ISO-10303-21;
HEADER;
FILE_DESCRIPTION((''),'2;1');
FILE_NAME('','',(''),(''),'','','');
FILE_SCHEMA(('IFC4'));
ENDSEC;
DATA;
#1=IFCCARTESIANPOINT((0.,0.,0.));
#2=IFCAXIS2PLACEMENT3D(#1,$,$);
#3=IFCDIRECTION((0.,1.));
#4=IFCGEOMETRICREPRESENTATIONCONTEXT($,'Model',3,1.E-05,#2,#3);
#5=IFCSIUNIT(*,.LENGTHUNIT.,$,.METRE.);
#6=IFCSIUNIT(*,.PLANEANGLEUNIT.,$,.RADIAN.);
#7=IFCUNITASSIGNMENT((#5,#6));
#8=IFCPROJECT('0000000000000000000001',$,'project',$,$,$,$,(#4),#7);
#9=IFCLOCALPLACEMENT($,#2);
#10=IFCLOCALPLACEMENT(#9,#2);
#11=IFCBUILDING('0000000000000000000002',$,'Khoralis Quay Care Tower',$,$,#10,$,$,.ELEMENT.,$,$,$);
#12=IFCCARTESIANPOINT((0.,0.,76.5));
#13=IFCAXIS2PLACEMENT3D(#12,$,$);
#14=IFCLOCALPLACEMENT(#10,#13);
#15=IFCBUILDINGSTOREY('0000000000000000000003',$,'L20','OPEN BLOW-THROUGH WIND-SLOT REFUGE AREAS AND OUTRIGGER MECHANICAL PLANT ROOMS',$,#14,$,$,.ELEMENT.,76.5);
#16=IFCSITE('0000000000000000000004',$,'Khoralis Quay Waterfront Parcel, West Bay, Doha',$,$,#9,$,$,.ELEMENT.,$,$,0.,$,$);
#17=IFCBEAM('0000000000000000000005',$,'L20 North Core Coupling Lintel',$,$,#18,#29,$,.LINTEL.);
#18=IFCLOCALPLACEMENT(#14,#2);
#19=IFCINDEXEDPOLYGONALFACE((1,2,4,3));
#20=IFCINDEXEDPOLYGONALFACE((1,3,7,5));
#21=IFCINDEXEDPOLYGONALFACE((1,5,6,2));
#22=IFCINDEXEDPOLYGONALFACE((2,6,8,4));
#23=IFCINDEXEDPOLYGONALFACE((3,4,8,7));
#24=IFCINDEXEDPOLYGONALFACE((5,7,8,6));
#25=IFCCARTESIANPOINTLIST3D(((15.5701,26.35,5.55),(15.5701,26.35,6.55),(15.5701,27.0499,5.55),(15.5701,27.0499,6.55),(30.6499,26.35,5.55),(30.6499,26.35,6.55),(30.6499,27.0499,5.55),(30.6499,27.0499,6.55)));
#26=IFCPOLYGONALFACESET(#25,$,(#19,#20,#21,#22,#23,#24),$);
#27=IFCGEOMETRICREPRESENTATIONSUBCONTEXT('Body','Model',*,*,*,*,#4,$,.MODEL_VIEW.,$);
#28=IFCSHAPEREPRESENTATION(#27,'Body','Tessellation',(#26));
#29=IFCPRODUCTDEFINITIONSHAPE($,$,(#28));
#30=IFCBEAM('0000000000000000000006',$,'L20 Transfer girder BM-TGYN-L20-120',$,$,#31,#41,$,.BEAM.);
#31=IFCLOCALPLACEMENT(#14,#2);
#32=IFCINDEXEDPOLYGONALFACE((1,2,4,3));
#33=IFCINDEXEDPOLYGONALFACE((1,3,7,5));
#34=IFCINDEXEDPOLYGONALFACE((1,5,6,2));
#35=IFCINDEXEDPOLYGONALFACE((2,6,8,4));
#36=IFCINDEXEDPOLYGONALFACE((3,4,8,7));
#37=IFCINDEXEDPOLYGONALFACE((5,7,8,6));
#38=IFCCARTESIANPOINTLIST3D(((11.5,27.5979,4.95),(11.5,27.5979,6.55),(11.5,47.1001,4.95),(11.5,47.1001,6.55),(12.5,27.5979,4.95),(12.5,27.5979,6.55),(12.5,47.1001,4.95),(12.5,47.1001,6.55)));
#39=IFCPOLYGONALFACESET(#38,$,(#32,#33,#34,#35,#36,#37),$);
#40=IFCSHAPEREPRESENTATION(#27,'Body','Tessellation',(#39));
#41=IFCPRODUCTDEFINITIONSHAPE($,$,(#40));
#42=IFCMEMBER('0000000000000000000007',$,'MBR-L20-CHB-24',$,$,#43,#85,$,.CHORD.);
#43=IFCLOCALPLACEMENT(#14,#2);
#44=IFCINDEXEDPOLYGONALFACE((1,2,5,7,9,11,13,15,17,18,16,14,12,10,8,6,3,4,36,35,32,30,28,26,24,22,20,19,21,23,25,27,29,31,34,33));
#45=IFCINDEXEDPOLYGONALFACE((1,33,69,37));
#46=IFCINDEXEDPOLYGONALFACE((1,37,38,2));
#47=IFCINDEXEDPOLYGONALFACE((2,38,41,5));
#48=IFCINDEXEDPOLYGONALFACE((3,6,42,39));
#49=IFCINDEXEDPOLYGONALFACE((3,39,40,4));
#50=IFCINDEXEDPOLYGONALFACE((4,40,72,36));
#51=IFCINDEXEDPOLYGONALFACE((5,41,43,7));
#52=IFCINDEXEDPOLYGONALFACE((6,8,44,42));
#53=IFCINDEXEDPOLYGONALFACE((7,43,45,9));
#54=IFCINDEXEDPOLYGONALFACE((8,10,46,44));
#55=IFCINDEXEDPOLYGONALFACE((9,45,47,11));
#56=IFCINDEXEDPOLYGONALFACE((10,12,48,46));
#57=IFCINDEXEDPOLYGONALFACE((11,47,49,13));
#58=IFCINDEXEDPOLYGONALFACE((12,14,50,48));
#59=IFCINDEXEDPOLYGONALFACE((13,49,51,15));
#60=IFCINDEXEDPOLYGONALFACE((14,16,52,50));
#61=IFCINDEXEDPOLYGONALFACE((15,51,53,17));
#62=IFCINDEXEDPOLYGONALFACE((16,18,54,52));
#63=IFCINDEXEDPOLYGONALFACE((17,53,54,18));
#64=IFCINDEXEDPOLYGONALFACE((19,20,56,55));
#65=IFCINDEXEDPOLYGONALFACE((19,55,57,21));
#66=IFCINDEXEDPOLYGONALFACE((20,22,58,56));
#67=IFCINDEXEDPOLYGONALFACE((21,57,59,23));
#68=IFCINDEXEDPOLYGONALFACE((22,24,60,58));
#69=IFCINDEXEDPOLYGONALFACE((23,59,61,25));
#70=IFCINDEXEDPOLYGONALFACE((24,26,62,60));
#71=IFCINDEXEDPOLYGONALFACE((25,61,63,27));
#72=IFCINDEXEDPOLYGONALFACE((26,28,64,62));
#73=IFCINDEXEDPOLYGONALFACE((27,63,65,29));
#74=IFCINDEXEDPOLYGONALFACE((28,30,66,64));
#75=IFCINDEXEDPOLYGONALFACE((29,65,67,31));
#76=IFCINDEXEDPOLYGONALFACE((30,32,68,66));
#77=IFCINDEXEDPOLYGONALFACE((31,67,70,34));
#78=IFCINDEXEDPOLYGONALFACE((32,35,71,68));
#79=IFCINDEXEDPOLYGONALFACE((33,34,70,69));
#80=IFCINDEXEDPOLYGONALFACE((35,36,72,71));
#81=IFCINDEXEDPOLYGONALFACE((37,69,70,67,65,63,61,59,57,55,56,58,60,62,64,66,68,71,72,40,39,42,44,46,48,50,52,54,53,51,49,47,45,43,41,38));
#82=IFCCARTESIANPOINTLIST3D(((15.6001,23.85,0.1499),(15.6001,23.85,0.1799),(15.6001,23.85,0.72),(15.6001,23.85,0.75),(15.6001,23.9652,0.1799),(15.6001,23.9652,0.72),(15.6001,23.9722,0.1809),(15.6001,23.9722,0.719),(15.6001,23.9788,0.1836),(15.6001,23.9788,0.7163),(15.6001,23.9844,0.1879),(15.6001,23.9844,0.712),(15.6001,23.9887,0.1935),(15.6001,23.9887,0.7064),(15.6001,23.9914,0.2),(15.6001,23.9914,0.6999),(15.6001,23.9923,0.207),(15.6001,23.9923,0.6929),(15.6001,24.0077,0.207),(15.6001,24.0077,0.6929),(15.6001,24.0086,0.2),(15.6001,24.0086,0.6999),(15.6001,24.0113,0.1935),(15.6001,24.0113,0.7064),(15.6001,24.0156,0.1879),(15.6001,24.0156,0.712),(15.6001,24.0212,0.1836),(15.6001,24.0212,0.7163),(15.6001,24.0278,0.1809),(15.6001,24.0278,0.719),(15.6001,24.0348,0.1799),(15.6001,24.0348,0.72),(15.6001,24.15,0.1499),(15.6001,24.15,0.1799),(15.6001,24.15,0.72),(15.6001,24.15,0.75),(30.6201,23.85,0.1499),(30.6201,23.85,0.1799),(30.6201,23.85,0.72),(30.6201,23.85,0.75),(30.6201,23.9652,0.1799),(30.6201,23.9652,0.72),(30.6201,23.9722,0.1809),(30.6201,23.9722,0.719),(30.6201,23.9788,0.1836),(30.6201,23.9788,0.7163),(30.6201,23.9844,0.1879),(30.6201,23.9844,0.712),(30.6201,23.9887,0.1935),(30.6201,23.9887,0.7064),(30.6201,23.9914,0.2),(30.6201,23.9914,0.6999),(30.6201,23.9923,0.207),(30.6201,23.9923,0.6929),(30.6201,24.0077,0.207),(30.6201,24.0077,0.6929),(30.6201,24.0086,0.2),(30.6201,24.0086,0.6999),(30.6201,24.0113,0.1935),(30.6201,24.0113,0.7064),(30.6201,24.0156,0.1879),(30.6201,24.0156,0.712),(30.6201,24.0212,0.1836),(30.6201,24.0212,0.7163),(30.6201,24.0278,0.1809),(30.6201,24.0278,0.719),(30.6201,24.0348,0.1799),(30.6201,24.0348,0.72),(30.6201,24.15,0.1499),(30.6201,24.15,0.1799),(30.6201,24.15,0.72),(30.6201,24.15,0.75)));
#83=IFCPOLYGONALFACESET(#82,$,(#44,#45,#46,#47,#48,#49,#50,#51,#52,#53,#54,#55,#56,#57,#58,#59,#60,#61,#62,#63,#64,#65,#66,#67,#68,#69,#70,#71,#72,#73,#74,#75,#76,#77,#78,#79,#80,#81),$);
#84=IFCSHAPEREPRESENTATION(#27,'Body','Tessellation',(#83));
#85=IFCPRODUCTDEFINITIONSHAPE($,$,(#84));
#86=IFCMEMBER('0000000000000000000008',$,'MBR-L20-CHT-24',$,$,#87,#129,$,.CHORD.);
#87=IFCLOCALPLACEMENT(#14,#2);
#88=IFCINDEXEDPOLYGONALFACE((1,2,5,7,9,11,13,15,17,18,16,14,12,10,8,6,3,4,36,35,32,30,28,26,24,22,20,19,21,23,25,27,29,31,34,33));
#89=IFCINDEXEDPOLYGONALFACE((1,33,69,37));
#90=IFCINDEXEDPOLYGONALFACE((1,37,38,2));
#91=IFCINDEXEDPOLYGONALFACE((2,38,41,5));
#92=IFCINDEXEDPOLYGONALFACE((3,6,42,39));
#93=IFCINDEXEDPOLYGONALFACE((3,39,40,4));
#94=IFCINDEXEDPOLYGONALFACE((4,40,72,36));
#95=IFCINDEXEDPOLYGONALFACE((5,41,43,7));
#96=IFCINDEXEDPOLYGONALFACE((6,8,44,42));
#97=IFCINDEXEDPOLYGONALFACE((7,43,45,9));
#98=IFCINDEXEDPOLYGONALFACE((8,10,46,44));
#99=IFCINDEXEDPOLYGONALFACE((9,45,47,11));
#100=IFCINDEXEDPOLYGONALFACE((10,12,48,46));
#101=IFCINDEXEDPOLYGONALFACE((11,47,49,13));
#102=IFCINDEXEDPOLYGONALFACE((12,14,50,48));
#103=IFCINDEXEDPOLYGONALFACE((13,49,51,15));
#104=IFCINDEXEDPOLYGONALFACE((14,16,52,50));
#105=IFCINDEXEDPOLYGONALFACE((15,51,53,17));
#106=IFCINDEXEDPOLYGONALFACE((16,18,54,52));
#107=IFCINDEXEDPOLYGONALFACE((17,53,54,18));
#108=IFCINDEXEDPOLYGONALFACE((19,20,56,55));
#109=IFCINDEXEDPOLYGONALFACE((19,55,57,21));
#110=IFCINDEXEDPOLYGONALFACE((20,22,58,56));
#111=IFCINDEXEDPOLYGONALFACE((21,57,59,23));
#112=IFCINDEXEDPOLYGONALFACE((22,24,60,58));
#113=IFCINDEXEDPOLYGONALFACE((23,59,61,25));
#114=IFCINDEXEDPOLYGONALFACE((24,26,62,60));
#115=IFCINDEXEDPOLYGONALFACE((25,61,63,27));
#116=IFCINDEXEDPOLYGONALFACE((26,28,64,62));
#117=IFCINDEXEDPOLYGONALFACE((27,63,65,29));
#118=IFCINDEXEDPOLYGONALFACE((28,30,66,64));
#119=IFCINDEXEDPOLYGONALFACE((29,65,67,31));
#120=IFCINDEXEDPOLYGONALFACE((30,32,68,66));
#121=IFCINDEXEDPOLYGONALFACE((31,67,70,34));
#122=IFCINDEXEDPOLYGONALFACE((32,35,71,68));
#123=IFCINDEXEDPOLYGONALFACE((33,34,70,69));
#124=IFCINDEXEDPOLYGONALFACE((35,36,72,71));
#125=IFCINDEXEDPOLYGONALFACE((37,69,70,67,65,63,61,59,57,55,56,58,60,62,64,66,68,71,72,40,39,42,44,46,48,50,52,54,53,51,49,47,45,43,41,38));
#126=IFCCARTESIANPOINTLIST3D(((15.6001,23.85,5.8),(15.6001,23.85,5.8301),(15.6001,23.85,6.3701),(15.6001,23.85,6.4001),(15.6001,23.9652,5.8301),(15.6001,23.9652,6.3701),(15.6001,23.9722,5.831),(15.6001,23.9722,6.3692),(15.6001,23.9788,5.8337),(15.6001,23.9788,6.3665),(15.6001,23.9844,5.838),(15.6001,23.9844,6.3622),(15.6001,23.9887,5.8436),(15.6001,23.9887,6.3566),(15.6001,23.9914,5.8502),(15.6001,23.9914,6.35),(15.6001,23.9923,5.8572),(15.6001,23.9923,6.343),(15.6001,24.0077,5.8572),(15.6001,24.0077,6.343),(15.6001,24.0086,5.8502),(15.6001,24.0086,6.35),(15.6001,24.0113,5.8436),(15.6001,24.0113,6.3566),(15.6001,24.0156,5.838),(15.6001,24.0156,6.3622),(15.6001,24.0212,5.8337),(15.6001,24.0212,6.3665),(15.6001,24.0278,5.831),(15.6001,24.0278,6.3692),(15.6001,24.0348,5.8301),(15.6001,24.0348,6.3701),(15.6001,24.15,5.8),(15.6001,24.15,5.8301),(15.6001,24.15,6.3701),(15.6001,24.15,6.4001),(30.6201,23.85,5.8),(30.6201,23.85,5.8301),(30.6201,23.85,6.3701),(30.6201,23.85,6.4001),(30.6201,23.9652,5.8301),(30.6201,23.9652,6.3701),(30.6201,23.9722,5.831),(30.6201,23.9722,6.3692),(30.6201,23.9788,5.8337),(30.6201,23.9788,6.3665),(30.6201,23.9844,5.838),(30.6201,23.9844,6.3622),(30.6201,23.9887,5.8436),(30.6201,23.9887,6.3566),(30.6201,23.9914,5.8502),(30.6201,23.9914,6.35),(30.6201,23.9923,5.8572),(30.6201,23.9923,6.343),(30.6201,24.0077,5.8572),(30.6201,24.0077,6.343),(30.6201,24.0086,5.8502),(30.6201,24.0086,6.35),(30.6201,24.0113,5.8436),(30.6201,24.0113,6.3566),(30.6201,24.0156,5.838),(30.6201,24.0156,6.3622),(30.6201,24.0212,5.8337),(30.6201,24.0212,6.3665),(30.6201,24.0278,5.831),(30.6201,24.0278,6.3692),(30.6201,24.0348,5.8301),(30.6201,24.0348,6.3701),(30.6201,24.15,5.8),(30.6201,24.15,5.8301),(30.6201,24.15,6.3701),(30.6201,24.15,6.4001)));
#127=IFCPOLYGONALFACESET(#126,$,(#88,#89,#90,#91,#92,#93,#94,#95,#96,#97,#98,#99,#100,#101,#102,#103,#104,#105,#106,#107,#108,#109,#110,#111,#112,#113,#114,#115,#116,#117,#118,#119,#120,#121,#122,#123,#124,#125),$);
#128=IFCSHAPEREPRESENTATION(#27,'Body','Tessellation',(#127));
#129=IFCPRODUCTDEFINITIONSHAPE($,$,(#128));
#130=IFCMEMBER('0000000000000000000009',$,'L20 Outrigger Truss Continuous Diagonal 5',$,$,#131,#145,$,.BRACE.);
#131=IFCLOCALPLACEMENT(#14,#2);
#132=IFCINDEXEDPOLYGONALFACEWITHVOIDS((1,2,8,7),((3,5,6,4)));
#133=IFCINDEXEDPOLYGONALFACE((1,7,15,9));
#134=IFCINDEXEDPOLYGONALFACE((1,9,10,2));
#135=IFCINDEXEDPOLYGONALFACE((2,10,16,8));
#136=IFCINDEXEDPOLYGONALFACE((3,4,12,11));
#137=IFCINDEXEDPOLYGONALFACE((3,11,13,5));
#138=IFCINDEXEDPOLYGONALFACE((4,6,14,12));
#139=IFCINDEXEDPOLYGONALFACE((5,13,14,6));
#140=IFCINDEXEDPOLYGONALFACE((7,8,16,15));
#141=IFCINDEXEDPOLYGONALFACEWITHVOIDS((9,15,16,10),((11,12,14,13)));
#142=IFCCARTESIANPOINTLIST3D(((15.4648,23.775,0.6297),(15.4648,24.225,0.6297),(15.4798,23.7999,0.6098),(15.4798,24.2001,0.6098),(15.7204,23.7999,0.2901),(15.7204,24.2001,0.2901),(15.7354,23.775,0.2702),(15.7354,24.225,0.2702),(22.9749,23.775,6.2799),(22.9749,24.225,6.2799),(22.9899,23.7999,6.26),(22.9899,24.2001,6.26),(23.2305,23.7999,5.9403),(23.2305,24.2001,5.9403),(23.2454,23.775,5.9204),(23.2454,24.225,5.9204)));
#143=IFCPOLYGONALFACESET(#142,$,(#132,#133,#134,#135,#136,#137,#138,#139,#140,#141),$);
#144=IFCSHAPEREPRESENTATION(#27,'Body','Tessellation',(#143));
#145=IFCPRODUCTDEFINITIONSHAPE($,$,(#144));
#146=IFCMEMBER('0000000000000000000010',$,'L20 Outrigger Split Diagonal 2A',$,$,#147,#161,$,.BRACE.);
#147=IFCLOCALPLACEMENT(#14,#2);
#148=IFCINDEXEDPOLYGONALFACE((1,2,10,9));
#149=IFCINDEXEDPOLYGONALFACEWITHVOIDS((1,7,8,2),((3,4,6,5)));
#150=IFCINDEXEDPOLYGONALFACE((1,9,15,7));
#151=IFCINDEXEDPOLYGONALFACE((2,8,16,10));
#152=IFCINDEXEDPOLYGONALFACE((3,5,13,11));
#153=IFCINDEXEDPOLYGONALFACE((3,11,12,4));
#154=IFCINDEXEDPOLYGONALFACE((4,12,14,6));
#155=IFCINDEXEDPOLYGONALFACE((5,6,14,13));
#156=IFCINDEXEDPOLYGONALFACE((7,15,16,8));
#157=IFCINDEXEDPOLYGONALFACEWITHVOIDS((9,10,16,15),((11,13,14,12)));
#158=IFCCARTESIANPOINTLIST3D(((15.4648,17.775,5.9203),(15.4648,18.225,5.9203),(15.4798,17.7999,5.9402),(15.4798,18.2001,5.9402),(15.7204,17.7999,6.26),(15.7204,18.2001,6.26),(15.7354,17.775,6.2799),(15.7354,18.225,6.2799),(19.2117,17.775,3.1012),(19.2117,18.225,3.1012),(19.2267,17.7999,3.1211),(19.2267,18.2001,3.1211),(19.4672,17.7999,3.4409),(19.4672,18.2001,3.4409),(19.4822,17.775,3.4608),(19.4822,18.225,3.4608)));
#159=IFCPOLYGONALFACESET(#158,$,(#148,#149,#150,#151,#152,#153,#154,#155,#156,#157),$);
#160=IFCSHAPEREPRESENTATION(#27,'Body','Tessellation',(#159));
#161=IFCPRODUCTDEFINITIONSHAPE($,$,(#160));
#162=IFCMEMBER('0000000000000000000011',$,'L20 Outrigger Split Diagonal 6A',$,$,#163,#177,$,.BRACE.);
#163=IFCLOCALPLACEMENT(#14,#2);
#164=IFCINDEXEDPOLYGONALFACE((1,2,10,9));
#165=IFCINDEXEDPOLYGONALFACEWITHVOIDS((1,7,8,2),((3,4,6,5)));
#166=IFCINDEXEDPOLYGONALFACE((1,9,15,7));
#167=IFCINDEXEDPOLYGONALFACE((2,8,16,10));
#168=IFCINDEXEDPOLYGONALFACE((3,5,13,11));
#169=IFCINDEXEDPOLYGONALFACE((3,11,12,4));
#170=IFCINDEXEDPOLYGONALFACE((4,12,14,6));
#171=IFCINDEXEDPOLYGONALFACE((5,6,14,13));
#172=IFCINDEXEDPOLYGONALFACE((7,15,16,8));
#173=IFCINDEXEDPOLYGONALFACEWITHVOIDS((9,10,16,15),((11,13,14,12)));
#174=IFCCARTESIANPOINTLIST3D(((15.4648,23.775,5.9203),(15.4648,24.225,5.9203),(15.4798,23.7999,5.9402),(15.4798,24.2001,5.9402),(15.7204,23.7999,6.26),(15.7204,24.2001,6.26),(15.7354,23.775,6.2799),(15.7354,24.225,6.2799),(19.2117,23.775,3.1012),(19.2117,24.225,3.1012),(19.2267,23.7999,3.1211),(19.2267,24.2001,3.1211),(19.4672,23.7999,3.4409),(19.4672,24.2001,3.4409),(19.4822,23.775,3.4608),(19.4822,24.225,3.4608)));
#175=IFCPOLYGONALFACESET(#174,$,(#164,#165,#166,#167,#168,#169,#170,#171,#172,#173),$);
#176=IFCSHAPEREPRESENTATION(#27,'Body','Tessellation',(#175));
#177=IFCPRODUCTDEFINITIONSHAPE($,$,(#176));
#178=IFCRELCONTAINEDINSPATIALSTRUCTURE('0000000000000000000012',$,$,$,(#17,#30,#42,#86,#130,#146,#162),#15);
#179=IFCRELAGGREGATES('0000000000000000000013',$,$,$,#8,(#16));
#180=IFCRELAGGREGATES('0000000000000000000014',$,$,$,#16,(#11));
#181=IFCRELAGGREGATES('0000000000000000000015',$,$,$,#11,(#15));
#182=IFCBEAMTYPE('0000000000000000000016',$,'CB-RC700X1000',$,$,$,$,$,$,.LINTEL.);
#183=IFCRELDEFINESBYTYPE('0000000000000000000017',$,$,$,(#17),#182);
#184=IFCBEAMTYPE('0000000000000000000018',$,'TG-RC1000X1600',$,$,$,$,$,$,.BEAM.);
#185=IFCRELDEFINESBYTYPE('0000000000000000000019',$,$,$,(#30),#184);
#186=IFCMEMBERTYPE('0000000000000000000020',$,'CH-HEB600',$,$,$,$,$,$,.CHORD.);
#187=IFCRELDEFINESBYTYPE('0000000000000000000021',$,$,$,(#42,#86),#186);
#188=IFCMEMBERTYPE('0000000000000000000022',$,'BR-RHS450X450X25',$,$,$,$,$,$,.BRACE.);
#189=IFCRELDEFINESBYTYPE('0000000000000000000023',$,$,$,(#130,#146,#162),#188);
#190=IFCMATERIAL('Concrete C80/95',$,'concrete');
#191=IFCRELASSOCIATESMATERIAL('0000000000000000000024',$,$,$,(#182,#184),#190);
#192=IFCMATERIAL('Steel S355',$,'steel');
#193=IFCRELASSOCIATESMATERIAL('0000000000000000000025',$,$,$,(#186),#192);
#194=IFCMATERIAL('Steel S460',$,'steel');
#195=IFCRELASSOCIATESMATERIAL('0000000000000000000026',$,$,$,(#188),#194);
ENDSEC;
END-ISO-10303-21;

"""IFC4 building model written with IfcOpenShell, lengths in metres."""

from ifc_helpers import new_model, si_unit, direction, frame, origin, origin_2d, place, context, subcontext, project, spatial, rectangle, hollow_rectangle, i_section, extrude, source, transform, mapped, material, material_profile, profile_set, type_object, element, save


model = new_model("IFC4")

# Units and contexts
model_context = context("Model", 3, precision=1e-05, world=origin(), true_north=direction((0.0, 1.0)))
body_context = subcontext(model_context, "Body", "Model", "MODEL_VIEW")
ifc_project = project(units=[si_unit("LENGTHUNIT", "METRE"), si_unit("PLANEANGLEUNIT", "RADIAN")], contexts=[model_context])

# Site, building, storey
site_placement = place(None, origin())
site = spatial("IfcSite", under=ifc_project, at=site_placement, Name="Khoralis Quay Waterfront Parcel, West Bay, Doha", CompositionType="ELEMENT", RefElevation=0.0)
building_placement = place(site_placement, origin())
building = spatial("IfcBuilding", under=site, at=building_placement, Name="Khoralis Quay Care Tower", CompositionType="ELEMENT")
storey_placement = place(building_placement, frame((0.0, 0.0, 76.5)))
storey = spatial("IfcBuildingStorey", under=building, at=storey_placement, Name="L20", Description="OPEN BLOW-THROUGH WIND-SLOT REFUGE AREAS AND OUTRIGGER MECHANICAL PLANT ROOMS", CompositionType="ELEMENT", Elevation=76.5)

# Beams
ifc_material_1 = material(Name="Concrete C80/95", Category="concrete")
ifc_material_profile_1 = material_profile(ifc_material_1, rectangle(XDim=0.7, YDim=1.0, at=origin_2d()), Name="Concrete C80/95")
ifc_profile_set_1 = profile_set([ifc_material_profile_1], Name="Concrete C80/95")
beam_type_1 = type_object("IfcBeamType", Name="CB-RC700X1000", PredefinedType="LINTEL", material=ifc_profile_set_1)
shared_shape_1 = source(origin(), body_context, "Body", "SweptSolid", [
    extrude(rectangle(XDim=0.7, YDim=1.0, at=origin_2d()), origin(), (0.0, 0.0, 1.0), 15.0798),
])
beam_1_placement = place(storey_placement, frame((15.5701, 26.7, 6.05), z_axis=(1.0, 0.0, 0.0), x_axis=(0.0, 1.0, 0.0)))
element("IfcBeam", 1, at=beam_1_placement, inside=storey, type_object=beam_type_1, Name="L20 North Core Coupling Lintel", PredefinedType="LINTEL", context=body_context, shape_type="MappedRepresentation", body=[
    mapped(shared_shape_1, transform((0.0, 0.0, 0.0), scale=1.0)),
])
ifc_material_profile_2 = material_profile(ifc_material_1, rectangle(XDim=1.0, YDim=1.6001, at=origin_2d()), Name="Concrete C80/95")
ifc_profile_set_2 = profile_set([ifc_material_profile_2], Name="Concrete C80/95")
beam_type_2 = type_object("IfcBeamType", Name="TG-RC1000X1600", PredefinedType="BEAM", material=ifc_profile_set_2)
shared_shape_2 = source(origin(), body_context, "Body", "SweptSolid", [
    extrude(rectangle(XDim=1.0, YDim=1.6001, at=origin_2d()), origin(), (0.0, 0.0, 1.0), 19.5022),
])
beam_2_placement = place(storey_placement, frame((12.0, 27.5979, 5.75), z_axis=(0.0, 1.0, 0.0), x_axis=(-1.0, 0.0, 0.0)))
element("IfcBeam", 2, at=beam_2_placement, inside=storey, type_object=beam_type_2, Name="L20 Transfer girder BM-TGYN-L20-120", PredefinedType="BEAM", context=body_context, shape_type="MappedRepresentation", body=[
    mapped(shared_shape_2, transform((0.0, 0.0, 0.0), scale=1.0)),
])

# Members
ifc_material_2 = material(Name="Steel S355", Category="steel")
ifc_material_profile_3 = material_profile(ifc_material_2, i_section(OverallWidth=0.3, OverallDepth=0.6001, WebThickness=0.0154, FlangeThickness=0.03, FilletRadius=0.0271, at=origin_2d()), Name="Steel S355")
ifc_profile_set_3 = profile_set([ifc_material_profile_3], Name="Steel S355")
member_type_1 = type_object("IfcMemberType", Name="CH-HEB600", PredefinedType="CHORD", material=ifc_profile_set_3)
shared_shape_3 = source(origin(), body_context, "Body", "SweptSolid", [
    extrude(i_section(OverallWidth=0.3, OverallDepth=0.6001, WebThickness=0.0154, FlangeThickness=0.03, FilletRadius=0.0271, at=origin_2d()), origin(), (0.0, 0.0, 1.0), 15.02),
])
for number, where, z_axis, x_axis, name in (
    (3, (15.6001, 24.0, 0.45), (1.0, 0.0, 0.0), (0.0, 1.0, 0.0), "MBR-L20-CHB-24"),
    (4, (15.6001, 24.0, 6.1001), (1.0, 0.0, 0.0), (0.0, 1.0, 0.0), "MBR-L20-CHT-24"),
):
    element("IfcMember", number, at=place(storey_placement, frame(where, z_axis=z_axis, x_axis=x_axis)), inside=storey, type_object=member_type_1, Name=name, PredefinedType="CHORD", context=body_context, shape_type="MappedRepresentation", body=[
        mapped(shared_shape_3, transform((0.0, 0.0, 0.0), scale=1.0)),
    ])
ifc_material_3 = material(Name="Steel S460", Category="steel")
ifc_material_profile_4 = material_profile(ifc_material_3, hollow_rectangle(XDim=0.45, YDim=0.45, WallThickness=0.0249, at=origin_2d()), Name="Steel S460")
ifc_profile_set_4 = profile_set([ifc_material_profile_4], Name="Steel S460")
member_type_2 = type_object("IfcMemberType", Name="BR-RHS450X450X25", PredefinedType="BRACE", material=ifc_profile_set_4)
shared_shape_4 = source(origin(), body_context, "Body", "SweptSolid", [
    extrude(hollow_rectangle(XDim=0.45, YDim=0.45, WallThickness=0.0249, at=origin_2d()), origin(), (0.0, 0.0, 1.0), 9.3982),
])
member_placement = place(storey_placement, frame((15.6001, 24.0, 0.45), z_axis=(0.799098, 0.0, 0.601201), x_axis=(0.0, 1.0, 0.0)))
element("IfcMember", 5, at=member_placement, inside=storey, type_object=member_type_2, Name="L20 Outrigger Truss Continuous Diagonal 5", PredefinedType="BRACE", context=body_context, shape_type="MappedRepresentation", body=[
    mapped(shared_shape_4, transform((0.0, 0.0, 0.0), scale=1.0)),
])
shared_shape_5 = source(origin(), body_context, "Body", "SweptSolid", [
    extrude(hollow_rectangle(XDim=0.45, YDim=0.45, WallThickness=0.0249, at=origin_2d()), origin(), (0.0, 0.0, 1.0), 4.689),
])
for number, where, z_axis, x_axis, name in (
    (6, (15.6001, 18.0, 6.1001), (0.799081, 0.0, -0.601224), (0.0, 1.0, 0.0), "L20 Outrigger Split Diagonal 2A"),
    (7, (15.6001, 24.0, 6.1001), (0.799081, 0.0, -0.601224), (0.0, 1.0, 0.0), "L20 Outrigger Split Diagonal 6A"),
):
    element("IfcMember", number, at=place(storey_placement, frame(where, z_axis=z_axis, x_axis=x_axis)), inside=storey, type_object=member_type_2, Name=name, PredefinedType="BRACE", context=body_context, shape_type="MappedRepresentation", body=[
        mapped(shared_shape_5, transform((0.0, 0.0, 0.0), scale=1.0)),
    ])

save(model, "model.ifc")
